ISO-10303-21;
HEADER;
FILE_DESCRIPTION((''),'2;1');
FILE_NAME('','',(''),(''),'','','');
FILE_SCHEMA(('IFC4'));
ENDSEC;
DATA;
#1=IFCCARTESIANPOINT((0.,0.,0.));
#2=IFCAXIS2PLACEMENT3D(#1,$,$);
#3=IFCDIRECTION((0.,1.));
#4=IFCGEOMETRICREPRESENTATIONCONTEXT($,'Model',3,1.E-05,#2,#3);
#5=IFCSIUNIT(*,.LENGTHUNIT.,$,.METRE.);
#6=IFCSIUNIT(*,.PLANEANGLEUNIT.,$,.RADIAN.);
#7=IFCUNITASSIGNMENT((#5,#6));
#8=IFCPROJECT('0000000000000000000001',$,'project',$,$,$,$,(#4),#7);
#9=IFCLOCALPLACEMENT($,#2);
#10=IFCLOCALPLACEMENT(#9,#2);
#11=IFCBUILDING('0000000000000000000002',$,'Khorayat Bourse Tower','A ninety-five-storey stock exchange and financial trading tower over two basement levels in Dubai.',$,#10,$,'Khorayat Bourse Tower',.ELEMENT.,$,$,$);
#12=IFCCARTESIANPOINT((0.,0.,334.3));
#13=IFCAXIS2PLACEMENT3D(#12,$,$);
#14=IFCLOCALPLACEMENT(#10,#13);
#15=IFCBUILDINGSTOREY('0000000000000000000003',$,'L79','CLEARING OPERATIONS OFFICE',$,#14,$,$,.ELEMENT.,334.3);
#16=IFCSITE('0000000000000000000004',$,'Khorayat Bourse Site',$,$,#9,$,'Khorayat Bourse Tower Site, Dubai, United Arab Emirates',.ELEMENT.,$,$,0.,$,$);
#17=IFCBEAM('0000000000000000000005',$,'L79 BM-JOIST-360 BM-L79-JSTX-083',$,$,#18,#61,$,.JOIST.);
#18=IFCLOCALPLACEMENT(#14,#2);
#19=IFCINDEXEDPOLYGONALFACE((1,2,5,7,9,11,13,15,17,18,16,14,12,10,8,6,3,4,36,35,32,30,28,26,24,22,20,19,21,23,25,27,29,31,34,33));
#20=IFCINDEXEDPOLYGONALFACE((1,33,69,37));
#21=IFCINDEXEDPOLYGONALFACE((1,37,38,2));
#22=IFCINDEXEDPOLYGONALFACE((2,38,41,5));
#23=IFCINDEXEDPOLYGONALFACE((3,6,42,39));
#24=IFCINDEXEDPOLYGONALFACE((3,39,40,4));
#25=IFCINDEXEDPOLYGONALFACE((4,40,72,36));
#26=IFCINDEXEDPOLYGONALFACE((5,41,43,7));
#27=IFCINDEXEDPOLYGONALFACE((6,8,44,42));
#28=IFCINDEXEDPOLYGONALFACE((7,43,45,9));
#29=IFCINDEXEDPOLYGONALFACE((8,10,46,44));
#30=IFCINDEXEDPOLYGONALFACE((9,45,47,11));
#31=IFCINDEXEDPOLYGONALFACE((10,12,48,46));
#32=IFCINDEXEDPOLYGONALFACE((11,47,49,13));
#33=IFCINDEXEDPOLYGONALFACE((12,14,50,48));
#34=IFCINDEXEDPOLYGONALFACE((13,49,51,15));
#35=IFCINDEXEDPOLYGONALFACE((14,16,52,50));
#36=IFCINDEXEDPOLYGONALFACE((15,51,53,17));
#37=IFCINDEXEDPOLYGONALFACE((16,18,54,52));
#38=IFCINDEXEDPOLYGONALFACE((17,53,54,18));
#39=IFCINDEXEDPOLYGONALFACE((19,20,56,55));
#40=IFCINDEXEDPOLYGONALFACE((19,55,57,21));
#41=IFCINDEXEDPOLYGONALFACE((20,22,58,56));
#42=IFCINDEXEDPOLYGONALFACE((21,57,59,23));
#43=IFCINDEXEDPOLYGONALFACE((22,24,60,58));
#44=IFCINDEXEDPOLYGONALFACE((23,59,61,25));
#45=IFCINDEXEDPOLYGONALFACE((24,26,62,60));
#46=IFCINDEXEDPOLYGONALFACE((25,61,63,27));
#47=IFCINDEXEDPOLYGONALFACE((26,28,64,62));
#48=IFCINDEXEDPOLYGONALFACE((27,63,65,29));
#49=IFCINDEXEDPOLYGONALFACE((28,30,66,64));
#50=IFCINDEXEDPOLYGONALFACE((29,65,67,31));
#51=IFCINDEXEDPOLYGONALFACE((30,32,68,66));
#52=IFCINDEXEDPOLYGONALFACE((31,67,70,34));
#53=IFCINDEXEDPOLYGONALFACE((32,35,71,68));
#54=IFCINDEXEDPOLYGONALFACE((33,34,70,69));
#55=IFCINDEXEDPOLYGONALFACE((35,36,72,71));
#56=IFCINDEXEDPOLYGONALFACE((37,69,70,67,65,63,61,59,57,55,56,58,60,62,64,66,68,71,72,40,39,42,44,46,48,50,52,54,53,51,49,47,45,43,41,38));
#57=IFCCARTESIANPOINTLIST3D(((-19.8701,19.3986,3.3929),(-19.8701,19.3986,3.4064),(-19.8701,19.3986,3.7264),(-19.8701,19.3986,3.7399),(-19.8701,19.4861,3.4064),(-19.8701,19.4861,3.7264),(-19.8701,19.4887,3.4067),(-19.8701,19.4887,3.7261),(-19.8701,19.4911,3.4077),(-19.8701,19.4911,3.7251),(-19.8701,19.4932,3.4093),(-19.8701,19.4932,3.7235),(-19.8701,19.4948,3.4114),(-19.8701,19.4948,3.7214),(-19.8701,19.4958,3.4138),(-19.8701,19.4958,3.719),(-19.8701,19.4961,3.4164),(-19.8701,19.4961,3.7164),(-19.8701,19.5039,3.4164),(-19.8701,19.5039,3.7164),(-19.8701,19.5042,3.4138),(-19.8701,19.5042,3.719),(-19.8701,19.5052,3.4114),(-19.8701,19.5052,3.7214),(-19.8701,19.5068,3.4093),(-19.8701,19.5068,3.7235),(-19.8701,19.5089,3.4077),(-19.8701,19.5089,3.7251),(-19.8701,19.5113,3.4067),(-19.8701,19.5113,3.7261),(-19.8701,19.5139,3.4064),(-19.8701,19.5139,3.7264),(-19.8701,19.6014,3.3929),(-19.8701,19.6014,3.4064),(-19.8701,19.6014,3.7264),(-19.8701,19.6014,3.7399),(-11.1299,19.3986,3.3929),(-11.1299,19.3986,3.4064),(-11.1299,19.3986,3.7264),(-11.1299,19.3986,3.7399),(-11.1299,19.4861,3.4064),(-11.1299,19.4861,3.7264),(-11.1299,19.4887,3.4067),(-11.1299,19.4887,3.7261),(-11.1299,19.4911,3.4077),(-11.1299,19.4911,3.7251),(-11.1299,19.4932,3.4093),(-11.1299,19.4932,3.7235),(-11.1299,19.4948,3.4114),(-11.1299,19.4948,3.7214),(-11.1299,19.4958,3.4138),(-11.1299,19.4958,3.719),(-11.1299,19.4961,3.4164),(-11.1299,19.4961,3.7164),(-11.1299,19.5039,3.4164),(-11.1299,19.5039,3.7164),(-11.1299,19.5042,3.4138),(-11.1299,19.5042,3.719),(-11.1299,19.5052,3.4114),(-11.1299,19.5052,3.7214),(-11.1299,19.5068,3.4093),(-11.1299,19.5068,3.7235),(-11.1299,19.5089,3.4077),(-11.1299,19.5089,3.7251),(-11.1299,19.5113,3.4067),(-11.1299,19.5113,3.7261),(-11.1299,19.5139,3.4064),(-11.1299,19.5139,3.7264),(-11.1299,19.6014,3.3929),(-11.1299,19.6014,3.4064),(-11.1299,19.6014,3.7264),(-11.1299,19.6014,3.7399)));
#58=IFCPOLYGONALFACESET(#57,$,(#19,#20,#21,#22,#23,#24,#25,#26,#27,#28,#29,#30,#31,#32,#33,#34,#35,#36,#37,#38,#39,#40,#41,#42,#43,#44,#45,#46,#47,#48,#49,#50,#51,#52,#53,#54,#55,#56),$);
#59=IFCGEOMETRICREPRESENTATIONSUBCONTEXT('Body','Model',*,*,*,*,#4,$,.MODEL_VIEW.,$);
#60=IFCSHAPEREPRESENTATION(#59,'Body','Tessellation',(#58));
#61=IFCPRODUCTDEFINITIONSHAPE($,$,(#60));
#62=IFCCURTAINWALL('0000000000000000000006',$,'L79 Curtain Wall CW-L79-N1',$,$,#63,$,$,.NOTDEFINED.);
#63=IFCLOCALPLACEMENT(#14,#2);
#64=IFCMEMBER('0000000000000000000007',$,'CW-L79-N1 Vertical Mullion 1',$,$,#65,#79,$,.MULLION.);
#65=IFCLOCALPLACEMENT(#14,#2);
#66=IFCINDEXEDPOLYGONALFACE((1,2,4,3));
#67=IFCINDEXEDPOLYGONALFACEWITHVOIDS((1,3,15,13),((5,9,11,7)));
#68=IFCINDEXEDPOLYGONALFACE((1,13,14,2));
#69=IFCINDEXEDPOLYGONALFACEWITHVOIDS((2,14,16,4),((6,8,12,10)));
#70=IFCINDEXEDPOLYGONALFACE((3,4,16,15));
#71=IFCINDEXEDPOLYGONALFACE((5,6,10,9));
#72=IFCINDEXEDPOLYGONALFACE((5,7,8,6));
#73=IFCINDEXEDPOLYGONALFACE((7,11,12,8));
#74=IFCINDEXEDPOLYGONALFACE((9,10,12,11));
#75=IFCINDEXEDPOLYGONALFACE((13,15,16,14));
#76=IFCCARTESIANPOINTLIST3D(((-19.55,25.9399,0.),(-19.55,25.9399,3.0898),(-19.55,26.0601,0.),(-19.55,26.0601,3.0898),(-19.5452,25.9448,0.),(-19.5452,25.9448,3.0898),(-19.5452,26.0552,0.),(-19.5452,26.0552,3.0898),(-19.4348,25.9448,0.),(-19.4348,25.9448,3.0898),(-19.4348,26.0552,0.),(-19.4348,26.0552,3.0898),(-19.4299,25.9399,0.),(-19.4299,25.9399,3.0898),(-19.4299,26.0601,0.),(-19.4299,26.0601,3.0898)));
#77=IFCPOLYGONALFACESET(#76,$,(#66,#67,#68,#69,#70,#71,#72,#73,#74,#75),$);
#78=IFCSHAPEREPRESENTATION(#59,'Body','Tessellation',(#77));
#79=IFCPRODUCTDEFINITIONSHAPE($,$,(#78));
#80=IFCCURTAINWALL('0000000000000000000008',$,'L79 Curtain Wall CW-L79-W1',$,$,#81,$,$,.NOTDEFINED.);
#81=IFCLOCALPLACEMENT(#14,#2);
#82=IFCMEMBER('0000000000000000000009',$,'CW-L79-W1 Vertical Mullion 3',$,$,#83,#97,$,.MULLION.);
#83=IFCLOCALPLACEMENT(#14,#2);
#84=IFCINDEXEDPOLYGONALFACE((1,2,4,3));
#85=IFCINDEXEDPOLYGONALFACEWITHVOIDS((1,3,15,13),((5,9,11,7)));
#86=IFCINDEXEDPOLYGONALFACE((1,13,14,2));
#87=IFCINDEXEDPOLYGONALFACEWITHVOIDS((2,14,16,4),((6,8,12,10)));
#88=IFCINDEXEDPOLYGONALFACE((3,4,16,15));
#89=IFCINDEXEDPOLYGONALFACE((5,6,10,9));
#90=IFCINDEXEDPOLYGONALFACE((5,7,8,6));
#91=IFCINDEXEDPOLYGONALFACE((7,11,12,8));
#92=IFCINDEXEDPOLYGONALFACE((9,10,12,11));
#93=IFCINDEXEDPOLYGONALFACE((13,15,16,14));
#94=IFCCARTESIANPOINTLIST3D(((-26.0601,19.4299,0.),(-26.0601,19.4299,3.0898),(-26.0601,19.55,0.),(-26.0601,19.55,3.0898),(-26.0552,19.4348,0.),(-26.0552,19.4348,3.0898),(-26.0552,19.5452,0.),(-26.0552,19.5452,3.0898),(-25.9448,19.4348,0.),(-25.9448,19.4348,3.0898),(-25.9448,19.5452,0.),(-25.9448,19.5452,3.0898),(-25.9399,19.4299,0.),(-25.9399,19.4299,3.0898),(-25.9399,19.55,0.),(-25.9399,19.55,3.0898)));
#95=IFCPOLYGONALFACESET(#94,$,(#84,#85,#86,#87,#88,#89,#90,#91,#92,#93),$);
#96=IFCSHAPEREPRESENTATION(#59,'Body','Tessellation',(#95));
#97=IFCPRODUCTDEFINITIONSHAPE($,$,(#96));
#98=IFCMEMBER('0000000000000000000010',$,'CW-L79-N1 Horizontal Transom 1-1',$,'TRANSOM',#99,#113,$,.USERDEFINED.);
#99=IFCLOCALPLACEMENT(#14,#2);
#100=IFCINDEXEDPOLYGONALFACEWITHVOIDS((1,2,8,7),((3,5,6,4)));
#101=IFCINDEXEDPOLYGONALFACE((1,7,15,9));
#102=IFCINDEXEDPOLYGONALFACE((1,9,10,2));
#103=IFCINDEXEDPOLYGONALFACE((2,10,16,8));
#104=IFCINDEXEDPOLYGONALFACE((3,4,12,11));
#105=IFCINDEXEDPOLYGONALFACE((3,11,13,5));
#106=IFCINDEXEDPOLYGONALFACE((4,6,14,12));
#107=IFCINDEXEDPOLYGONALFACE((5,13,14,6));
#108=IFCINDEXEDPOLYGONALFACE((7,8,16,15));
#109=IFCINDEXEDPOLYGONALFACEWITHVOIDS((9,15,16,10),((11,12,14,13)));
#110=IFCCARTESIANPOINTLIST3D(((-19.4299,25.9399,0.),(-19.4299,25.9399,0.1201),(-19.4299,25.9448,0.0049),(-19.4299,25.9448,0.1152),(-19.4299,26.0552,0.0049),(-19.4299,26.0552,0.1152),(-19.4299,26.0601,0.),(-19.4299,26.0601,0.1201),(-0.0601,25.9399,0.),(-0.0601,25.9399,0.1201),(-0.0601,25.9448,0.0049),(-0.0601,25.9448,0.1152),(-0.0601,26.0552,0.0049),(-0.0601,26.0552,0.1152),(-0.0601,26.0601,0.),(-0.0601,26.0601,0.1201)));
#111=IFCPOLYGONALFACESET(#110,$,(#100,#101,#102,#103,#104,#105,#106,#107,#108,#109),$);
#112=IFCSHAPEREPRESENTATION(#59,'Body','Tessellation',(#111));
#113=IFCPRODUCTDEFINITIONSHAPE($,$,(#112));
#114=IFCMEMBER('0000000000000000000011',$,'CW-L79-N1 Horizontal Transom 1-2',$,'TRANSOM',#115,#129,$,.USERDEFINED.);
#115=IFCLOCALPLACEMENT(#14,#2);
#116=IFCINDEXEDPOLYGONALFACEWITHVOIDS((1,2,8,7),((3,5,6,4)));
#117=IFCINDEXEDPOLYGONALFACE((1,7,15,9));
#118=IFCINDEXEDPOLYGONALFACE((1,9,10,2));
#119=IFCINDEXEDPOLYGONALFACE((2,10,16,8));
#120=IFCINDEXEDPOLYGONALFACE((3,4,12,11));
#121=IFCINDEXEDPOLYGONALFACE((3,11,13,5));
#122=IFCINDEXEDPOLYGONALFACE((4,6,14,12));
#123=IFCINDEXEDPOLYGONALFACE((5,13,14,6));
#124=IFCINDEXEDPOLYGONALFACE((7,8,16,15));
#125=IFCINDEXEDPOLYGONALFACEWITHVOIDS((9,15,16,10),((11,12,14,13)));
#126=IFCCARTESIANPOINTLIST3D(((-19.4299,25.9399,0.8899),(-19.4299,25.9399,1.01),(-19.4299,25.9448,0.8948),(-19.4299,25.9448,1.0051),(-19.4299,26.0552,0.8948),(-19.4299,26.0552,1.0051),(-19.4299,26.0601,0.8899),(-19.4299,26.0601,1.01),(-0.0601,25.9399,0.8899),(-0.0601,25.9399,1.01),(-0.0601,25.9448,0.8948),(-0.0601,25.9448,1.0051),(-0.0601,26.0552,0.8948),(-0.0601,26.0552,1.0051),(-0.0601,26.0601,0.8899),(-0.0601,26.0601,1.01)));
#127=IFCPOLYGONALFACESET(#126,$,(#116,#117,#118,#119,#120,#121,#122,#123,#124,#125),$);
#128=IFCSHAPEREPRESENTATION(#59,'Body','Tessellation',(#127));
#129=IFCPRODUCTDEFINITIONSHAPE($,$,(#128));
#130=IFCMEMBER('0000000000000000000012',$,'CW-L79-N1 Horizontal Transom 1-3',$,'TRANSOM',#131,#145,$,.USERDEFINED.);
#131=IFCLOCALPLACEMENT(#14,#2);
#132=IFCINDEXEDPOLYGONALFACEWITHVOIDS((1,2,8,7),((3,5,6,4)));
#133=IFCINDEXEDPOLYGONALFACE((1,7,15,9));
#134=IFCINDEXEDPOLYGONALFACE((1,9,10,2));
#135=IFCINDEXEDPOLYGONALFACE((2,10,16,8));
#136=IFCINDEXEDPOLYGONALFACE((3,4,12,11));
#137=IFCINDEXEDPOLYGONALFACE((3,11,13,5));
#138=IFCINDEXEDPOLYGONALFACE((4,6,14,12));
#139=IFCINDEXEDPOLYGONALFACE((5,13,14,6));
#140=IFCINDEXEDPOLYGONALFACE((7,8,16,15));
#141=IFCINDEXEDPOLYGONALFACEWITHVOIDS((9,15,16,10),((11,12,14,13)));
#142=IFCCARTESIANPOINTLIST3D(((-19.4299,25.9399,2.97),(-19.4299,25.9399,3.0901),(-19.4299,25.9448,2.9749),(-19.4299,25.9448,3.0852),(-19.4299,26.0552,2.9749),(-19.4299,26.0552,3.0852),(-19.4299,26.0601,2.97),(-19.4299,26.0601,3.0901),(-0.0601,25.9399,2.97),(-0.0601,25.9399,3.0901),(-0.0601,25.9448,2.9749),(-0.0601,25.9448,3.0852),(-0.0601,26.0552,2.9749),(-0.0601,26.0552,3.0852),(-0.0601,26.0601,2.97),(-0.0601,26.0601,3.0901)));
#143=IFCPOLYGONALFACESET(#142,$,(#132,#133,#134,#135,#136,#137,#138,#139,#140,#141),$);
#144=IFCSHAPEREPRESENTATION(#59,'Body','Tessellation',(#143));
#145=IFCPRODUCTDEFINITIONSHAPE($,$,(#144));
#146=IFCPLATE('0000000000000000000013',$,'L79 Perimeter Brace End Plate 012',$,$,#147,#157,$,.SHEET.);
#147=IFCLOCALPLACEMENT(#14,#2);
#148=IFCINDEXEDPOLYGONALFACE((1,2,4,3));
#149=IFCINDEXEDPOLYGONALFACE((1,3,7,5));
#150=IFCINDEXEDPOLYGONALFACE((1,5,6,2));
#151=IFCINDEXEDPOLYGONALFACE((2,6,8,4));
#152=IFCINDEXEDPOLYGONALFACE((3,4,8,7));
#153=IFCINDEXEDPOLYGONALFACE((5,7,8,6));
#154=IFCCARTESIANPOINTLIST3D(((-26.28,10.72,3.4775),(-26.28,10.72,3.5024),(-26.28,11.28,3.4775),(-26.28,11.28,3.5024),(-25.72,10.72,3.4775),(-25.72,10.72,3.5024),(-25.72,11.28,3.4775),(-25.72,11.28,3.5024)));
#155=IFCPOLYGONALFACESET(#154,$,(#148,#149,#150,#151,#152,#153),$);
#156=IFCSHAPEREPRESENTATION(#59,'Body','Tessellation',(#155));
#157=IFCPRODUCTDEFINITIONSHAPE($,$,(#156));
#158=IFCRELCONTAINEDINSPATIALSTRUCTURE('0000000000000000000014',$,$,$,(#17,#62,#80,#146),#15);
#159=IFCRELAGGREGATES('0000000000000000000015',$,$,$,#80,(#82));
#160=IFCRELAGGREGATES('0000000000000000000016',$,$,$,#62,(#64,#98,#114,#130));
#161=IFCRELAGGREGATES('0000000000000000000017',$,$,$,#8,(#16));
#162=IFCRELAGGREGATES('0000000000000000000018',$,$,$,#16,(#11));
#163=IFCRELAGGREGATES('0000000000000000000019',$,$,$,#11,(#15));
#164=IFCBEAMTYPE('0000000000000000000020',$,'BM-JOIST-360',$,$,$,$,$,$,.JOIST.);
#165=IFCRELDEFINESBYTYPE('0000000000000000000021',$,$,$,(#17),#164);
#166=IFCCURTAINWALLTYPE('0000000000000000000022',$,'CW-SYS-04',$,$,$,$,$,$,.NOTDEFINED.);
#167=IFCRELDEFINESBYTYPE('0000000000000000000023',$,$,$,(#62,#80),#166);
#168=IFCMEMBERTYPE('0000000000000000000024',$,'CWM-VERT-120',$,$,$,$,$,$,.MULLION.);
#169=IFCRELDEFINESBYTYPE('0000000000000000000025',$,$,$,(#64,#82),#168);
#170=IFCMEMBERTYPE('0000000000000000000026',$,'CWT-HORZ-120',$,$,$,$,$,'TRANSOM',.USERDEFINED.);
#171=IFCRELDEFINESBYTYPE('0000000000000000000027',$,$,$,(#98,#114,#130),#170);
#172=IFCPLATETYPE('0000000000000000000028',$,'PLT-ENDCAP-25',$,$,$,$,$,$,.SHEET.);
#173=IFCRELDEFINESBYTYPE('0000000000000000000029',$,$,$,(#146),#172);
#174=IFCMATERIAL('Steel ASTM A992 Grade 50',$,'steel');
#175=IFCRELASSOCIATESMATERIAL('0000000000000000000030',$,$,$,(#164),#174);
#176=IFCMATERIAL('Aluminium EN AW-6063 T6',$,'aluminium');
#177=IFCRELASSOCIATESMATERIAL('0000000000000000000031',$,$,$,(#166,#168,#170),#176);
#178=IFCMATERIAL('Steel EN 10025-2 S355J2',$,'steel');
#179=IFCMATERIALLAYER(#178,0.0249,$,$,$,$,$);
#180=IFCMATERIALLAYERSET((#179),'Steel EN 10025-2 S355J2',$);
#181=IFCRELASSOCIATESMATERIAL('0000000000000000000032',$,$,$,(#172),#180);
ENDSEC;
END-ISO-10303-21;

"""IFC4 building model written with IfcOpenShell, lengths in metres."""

from ifc_helpers import new_model, si_unit, direction, frame, origin, origin_2d, place, context, subcontext, project, spatial, rectangle, hollow_rectangle, i_section, extrude, source, transform, mapped, material, layer, layer_set, material_profile, profile_set, type_object, element, aggregate, save


model = new_model("IFC4")

# Units and contexts
model_context = context("Model", 3, precision=1e-05, world=origin(), true_north=direction((0.0, 1.0)))
body_context = subcontext(model_context, "Body", "Model", "MODEL_VIEW")
ifc_project = project(units=[si_unit("LENGTHUNIT", "METRE"), si_unit("PLANEANGLEUNIT", "RADIAN")], contexts=[model_context])

# Site, building, storey
site_placement = place(None, origin())
site = spatial("IfcSite", under=ifc_project, at=site_placement, Name="Khorayat Bourse Site", LongName="Khorayat Bourse Tower Site, Dubai, United Arab Emirates", CompositionType="ELEMENT", RefElevation=0.0)
building_placement = place(site_placement, origin())
building = spatial("IfcBuilding", under=site, at=building_placement, Name="Khorayat Bourse Tower", Description="A ninety-five-storey stock exchange and financial trading tower over two basement levels in Dubai.", LongName="Khorayat Bourse Tower", CompositionType="ELEMENT")
storey_placement = place(building_placement, frame((0.0, 0.0, 334.3)))
storey = spatial("IfcBuildingStorey", under=building, at=storey_placement, Name="L79", Description="CLEARING OPERATIONS OFFICE", CompositionType="ELEMENT", Elevation=334.3)

# Shared definitions
ifc_material_1 = material(Name="Steel EN 10025-2 S355J2", Category="steel")

# Beam
ifc_material_2 = material(Name="Steel ASTM A992 Grade 50", Category="steel")
ifc_material_profile_1 = material_profile(ifc_material_2, i_section(OverallWidth=0.2029, OverallDepth=0.3469, WebThickness=0.0078, FlangeThickness=0.0134, FilletRadius=0.01, at=origin_2d()), Name="W360X64")
ifc_profile_set_1 = profile_set([ifc_material_profile_1], Name="Steel ASTM A992 Grade 50")
beam_type_1 = type_object("IfcBeamType", Name="BM-JOIST-360", PredefinedType="JOIST", material=ifc_profile_set_1)
shared_shape_1 = source(origin(), body_context, "Body", "SweptSolid", [
    extrude(i_section(OverallWidth=0.2029, OverallDepth=0.3469, WebThickness=0.0078, FlangeThickness=0.0134, FilletRadius=0.01, at=origin_2d()), origin(), (0.0, 0.0, 1.0), 8.7402),
])
beam_1_placement = place(storey_placement, frame((-19.8701, 19.5, 3.5664), z_axis=(1.0, 0.0, 0.0), x_axis=(0.0, 1.0, 0.0)))
element("IfcBeam", 1, at=beam_1_placement, inside=storey, type_object=beam_type_1, Name="L79 BM-JOIST-360 BM-L79-JSTX-083", PredefinedType="JOIST", context=body_context, shape_type="MappedRepresentation", body=[
    mapped(shared_shape_1, transform((0.0, 0.0, 0.0), scale=1.0)),
])

# Curtain walls, members
ifc_material_3 = material(Name="Aluminium EN AW-6063 T6", Category="aluminium")
curtain_wall_type = type_object("IfcCurtainWallType", Name="CW-SYS-04", PredefinedType="NOTDEFINED", material=ifc_material_3)
curtain_wall_1_placement = place(storey_placement, origin())
curtain_wall_1 = element("IfcCurtainWall", 2, at=curtain_wall_1_placement, inside=storey, type_object=curtain_wall_type, Name="L79 Curtain Wall CW-L79-N1", PredefinedType="NOTDEFINED")
ifc_material_profile_2 = material_profile(ifc_material_3, hollow_rectangle(XDim=0.1201, YDim=0.1201, WallThickness=0.0049, at=origin_2d()), Name="ALU 120x120x5")
ifc_profile_set_2 = profile_set([ifc_material_profile_2], Name="Aluminium EN AW-6063 T6")
member_type_1 = type_object("IfcMemberType", Name="CWM-VERT-120", PredefinedType="MULLION", material=ifc_profile_set_2)
shared_shape_2 = source(origin(), body_context, "Body", "SweptSolid", [
    extrude(hollow_rectangle(XDim=0.1201, YDim=0.1201, WallThickness=0.0049, at=origin_2d()), origin(), (0.0, 0.0, 1.0), 3.0898),
])
member_1_placement = place(storey_placement, frame((-19.49, 26.0, 0.0), z_axis=(0.0, 0.0, 1.0), x_axis=(0.0, 1.0, 0.0)))
member_1 = element("IfcMember", 3, at=member_1_placement, type_object=member_type_1, Name="CW-L79-N1 Vertical Mullion 1", PredefinedType="MULLION", context=body_context, shape_type="MappedRepresentation", body=[
    mapped(shared_shape_2, transform((0.0, 0.0, 0.0), scale=1.0)),
])
curtain_wall_2_placement = place(storey_placement, origin())
curtain_wall_2 = element("IfcCurtainWall", 4, at=curtain_wall_2_placement, inside=storey, type_object=curtain_wall_type, Name="L79 Curtain Wall CW-L79-W1", PredefinedType="NOTDEFINED")
member_2_placement = place(storey_placement, frame((-26.0, 19.49, 0.0), z_axis=(0.0, 0.0, 1.0), x_axis=(-1.0, 0.0, 0.0)))
member_2 = element("IfcMember", 5, at=member_2_placement, type_object=member_type_1, Name="CW-L79-W1 Vertical Mullion 3", PredefinedType="MULLION", context=body_context, shape_type="MappedRepresentation", body=[
    mapped(shared_shape_2, transform((0.0, 0.0, 0.0), scale=1.0)),
])
aggregate(curtain_wall_2, [member_2])

# Members
ifc_material_profile_3 = material_profile(ifc_material_3, hollow_rectangle(XDim=0.1201, YDim=0.1201, WallThickness=0.0049, at=origin_2d()), Name="ALU 120x120x5")
ifc_profile_set_3 = profile_set([ifc_material_profile_3], Name="Aluminium EN AW-6063 T6")
member_type_2 = type_object("IfcMemberType", Name="CWT-HORZ-120", ElementType="TRANSOM", PredefinedType="USERDEFINED", material=ifc_profile_set_3)
shared_shape_3 = source(origin(), body_context, "Body", "SweptSolid", [
    extrude(hollow_rectangle(XDim=0.1201, YDim=0.1201, WallThickness=0.0049, at=origin_2d()), origin(), (0.0, 0.0, 1.0), 19.3699),
])
member_3_placement = place(storey_placement, frame((-19.4299, 26.0, 0.0601), z_axis=(1.0, 0.0, 0.0), x_axis=(0.0, 1.0, 0.0)))
member_3 = element("IfcMember", 6, at=member_3_placement, type_object=member_type_2, Name="CW-L79-N1 Horizontal Transom 1-1", ObjectType="TRANSOM", PredefinedType="USERDEFINED", context=body_context, shape_type="MappedRepresentation", body=[
    mapped(shared_shape_3, transform((0.0, 0.0, 0.0), scale=1.0)),
])
member_4_placement = place(storey_placement, frame((-19.4299, 26.0, 0.95), z_axis=(1.0, 0.0, 0.0), x_axis=(0.0, 1.0, 0.0)))
member_4 = element("IfcMember", 7, at=member_4_placement, type_object=member_type_2, Name="CW-L79-N1 Horizontal Transom 1-2", ObjectType="TRANSOM", PredefinedType="USERDEFINED", context=body_context, shape_type="MappedRepresentation", body=[
    mapped(shared_shape_3, transform((0.0, 0.0, 0.0), scale=1.0)),
])
member_5_placement = place(storey_placement, frame((-19.4299, 26.0, 3.03), z_axis=(1.0, 0.0, 0.0), x_axis=(0.0, 1.0, 0.0)))
member_5 = element("IfcMember", 8, at=member_5_placement, type_object=member_type_2, Name="CW-L79-N1 Horizontal Transom 1-3", ObjectType="TRANSOM", PredefinedType="USERDEFINED", context=body_context, shape_type="MappedRepresentation", body=[
    mapped(shared_shape_3, transform((0.0, 0.0, 0.0), scale=1.0)),
])
aggregate(curtain_wall_1, [member_1, member_3, member_4, member_5])

# Plate
ifc_layer_1 = layer(ifc_material_1, 0.0249)
ifc_layer_set_1 = layer_set([ifc_layer_1], Name="Steel EN 10025-2 S355J2")
plate_type = type_object("IfcPlateType", Name="PLT-ENDCAP-25", PredefinedType="SHEET", material=ifc_layer_set_1)
shared_shape_4 = source(origin(), body_context, "Body", "SweptSolid", [
    extrude(rectangle(XDim=0.5601, YDim=0.5601, at=origin_2d()), origin(), (0.0, 0.0, 1.0), 0.0249),
])
plate_placement = place(storey_placement, frame((-26.0, 11.0, 3.4775), z_axis=(0.0, 0.0, 1.0), x_axis=(1.0, 0.0, 0.0)))
element("IfcPlate", 9, at=plate_placement, inside=storey, type_object=plate_type, Name="L79 Perimeter Brace End Plate 012", PredefinedType="SHEET", context=body_context, shape_type="MappedRepresentation", body=[
    mapped(shared_shape_4, transform((0.0, 0.0, 0.0), scale=1.0)),
])

save(model, "model.ifc")
